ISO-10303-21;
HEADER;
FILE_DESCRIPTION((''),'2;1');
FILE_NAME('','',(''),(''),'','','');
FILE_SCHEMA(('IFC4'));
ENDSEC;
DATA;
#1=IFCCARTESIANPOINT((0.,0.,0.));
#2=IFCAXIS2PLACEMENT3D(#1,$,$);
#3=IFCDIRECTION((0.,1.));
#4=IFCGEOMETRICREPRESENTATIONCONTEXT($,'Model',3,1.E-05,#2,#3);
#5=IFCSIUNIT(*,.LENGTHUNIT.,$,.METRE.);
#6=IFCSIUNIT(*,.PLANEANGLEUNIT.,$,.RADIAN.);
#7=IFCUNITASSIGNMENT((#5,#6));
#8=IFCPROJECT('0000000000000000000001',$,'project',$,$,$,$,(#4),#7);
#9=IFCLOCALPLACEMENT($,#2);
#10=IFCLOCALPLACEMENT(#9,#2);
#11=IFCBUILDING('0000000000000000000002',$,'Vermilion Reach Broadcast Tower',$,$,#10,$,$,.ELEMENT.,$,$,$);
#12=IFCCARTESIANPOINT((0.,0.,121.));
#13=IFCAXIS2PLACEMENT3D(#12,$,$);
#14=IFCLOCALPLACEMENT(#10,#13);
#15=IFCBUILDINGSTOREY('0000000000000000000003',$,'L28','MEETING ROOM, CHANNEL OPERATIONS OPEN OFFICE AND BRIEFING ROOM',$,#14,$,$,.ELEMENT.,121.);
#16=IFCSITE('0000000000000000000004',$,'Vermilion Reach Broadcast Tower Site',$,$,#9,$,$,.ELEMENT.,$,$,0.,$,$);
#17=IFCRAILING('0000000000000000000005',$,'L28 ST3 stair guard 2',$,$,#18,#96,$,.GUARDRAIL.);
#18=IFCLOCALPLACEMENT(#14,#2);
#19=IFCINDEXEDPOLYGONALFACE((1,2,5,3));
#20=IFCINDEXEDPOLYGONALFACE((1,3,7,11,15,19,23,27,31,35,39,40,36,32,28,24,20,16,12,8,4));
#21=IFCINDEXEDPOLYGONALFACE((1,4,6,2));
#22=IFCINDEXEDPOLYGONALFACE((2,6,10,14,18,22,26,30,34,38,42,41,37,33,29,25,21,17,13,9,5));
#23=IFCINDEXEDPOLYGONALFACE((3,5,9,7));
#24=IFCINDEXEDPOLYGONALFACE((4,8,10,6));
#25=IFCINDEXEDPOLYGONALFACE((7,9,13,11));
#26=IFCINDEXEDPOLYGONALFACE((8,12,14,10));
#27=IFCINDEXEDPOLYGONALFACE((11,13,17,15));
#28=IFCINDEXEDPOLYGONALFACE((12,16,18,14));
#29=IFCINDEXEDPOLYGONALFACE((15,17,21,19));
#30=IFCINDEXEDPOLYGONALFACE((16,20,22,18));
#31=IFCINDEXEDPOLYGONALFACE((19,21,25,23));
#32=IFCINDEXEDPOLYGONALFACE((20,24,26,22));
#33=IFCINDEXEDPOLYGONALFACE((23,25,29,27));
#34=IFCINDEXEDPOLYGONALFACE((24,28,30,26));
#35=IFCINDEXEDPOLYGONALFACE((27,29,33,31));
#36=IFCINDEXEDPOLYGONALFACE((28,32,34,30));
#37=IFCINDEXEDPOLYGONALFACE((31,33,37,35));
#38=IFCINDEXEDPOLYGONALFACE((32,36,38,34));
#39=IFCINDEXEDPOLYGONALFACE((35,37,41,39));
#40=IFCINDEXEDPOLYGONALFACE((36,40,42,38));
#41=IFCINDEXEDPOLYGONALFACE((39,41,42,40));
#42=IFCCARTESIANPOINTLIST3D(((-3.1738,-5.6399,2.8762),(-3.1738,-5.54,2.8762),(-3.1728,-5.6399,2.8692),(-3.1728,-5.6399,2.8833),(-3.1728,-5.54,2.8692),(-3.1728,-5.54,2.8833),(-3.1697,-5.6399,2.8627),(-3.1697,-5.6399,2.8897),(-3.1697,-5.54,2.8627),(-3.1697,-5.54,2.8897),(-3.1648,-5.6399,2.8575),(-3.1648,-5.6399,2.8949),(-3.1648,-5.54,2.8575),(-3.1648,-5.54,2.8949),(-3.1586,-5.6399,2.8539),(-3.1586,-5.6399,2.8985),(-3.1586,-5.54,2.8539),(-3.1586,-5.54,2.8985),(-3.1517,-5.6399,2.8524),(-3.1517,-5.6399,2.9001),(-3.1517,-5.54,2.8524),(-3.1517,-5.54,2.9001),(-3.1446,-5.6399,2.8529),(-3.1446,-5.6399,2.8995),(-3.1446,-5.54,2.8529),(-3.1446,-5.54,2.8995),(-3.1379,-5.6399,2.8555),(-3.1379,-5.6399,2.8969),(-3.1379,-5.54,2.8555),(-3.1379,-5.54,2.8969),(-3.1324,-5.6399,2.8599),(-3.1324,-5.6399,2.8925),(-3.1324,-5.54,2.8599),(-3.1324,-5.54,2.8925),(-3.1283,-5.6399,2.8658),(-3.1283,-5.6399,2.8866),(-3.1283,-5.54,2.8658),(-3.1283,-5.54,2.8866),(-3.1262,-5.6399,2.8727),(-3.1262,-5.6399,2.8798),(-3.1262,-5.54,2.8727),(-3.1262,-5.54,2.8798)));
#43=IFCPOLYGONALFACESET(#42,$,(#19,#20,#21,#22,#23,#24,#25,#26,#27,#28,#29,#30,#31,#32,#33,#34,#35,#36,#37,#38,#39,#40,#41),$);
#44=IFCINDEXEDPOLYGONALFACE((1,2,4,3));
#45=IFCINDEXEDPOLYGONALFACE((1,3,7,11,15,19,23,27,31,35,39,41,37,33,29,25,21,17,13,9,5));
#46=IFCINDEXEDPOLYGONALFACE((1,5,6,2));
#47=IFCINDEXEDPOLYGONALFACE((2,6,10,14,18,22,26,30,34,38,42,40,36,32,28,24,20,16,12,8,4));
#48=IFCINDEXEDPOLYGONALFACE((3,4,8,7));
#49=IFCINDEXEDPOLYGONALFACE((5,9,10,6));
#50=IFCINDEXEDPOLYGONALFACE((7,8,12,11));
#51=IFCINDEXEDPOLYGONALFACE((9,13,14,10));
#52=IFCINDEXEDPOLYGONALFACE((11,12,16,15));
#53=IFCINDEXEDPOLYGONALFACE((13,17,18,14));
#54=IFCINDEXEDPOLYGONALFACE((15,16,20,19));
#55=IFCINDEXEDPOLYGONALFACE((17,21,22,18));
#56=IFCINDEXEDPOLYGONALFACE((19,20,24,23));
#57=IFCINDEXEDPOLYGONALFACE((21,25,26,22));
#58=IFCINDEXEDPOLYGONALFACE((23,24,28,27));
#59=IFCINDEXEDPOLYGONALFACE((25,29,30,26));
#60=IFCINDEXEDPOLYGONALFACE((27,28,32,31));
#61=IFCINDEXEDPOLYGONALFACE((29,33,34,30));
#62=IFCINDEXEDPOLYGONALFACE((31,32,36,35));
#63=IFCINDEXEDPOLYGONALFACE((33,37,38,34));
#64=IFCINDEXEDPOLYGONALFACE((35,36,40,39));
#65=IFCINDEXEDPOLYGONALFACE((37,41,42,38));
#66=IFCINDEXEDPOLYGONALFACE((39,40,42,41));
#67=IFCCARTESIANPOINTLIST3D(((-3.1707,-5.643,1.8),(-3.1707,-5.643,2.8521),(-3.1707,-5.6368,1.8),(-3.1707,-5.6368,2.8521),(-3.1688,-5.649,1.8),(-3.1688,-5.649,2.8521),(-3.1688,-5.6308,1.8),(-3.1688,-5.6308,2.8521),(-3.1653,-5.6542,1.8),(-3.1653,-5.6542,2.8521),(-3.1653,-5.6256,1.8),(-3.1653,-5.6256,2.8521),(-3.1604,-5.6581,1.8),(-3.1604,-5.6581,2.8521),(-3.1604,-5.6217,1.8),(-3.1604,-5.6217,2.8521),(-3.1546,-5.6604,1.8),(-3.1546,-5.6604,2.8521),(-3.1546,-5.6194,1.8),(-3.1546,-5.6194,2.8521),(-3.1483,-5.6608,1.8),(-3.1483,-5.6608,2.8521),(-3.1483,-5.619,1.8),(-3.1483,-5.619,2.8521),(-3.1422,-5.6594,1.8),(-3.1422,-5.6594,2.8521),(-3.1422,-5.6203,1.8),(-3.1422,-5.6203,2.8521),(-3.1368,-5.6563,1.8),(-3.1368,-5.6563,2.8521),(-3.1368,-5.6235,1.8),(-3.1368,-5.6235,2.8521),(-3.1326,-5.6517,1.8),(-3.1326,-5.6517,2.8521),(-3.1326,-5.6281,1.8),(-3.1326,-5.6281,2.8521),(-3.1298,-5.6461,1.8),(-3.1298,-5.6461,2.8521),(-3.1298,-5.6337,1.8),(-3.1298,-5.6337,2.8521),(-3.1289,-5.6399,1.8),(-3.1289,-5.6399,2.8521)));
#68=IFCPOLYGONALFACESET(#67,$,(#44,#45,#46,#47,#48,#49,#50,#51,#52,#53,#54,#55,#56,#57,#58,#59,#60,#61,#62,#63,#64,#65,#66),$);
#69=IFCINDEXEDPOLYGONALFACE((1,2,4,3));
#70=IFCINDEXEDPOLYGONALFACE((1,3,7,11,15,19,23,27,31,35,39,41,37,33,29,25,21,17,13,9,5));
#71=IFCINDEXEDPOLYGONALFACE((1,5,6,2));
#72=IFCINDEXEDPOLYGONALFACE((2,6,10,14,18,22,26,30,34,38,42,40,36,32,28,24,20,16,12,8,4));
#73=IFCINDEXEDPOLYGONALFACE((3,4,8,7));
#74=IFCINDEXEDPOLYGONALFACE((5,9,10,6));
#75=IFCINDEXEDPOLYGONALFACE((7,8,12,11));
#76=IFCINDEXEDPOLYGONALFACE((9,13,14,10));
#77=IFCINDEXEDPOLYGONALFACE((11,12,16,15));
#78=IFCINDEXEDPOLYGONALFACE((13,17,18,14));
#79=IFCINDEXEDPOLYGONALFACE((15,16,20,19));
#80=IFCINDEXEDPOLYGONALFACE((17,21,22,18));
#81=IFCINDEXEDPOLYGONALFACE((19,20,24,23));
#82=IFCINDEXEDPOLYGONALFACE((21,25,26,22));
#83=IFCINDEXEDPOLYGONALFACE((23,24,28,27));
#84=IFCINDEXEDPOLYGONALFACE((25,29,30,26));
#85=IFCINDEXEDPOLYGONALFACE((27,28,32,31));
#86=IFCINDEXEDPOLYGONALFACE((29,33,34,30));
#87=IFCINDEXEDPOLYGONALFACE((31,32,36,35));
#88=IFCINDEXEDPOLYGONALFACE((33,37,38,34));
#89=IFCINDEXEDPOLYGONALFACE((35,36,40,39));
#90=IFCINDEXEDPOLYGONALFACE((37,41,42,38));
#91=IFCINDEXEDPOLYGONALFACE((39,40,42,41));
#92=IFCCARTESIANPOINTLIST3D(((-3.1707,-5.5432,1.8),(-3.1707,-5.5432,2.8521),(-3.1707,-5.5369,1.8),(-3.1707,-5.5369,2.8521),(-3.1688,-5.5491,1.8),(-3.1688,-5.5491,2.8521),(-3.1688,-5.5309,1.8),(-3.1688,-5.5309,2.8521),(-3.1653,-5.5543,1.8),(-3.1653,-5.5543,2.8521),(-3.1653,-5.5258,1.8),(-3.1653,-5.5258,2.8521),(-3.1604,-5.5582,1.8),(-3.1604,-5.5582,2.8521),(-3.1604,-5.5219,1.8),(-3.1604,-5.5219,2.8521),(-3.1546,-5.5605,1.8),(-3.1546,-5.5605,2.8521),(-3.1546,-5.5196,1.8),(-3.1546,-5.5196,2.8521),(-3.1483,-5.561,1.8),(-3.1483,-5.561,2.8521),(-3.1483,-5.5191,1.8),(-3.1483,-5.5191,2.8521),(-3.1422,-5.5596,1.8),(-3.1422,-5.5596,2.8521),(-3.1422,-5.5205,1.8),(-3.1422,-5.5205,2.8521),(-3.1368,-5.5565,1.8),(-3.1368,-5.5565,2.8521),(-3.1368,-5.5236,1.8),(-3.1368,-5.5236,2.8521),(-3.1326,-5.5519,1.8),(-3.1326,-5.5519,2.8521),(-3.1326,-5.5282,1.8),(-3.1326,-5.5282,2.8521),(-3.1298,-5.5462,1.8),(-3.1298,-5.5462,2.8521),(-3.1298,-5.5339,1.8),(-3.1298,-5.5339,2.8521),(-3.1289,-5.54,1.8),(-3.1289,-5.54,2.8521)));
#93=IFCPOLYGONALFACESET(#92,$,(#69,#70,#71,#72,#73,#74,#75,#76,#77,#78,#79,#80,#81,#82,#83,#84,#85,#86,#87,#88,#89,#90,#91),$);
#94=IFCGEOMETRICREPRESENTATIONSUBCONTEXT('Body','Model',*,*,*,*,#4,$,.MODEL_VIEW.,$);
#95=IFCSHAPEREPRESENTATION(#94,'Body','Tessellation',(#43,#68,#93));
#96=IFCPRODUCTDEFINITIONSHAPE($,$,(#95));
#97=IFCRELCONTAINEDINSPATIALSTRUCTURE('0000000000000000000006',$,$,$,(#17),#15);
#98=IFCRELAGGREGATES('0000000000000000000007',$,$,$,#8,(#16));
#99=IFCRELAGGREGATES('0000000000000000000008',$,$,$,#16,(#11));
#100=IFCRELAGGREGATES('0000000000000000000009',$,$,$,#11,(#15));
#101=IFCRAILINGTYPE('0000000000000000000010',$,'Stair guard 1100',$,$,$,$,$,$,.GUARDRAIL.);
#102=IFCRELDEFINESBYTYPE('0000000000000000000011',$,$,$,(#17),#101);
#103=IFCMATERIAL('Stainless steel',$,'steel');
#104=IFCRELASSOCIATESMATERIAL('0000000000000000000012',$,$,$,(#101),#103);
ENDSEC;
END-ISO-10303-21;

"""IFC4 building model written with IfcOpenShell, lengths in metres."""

from ifc_helpers import new_model, si_unit, direction, frame, origin, origin_2d, place, context, subcontext, project, spatial, circle, extrude, material, type_object, element, save


model = new_model("IFC4")

# Units and contexts
model_context = context("Model", 3, precision=1e-05, world=origin(), true_north=direction((0.0, 1.0)))
body_context = subcontext(model_context, "Body", "Model", "MODEL_VIEW")
ifc_project = project(units=[si_unit("LENGTHUNIT", "METRE"), si_unit("PLANEANGLEUNIT", "RADIAN")], contexts=[model_context])

# Site, building, storey
site_placement = place(None, origin())
site = spatial("IfcSite", under=ifc_project, at=site_placement, Name="Vermilion Reach Broadcast Tower Site", CompositionType="ELEMENT", RefElevation=0.0)
building_placement = place(site_placement, origin())
building = spatial("IfcBuilding", under=site, at=building_placement, Name="Vermilion Reach Broadcast Tower", CompositionType="ELEMENT")
storey_placement = place(building_placement, frame((0.0, 0.0, 121.0)))
storey = spatial("IfcBuildingStorey", under=building, at=storey_placement, Name="L28", Description="MEETING ROOM, CHANNEL OPERATIONS OPEN OFFICE AND BRIEFING ROOM", CompositionType="ELEMENT", Elevation=121.0)

# Railing
ifc_material_1 = material(Name="Stainless steel", Category="steel")
railing_type_1 = type_object("IfcRailingType", Name="Stair guard 1100", PredefinedType="GUARDRAIL", material=ifc_material_1)
railing_1_placement = place(storey_placement, frame((-3.1499, -5.6399, 1.8)))
element("IfcRailing", 1, at=railing_1_placement, inside=storey, type_object=railing_type_1, Name="L28 ST3 stair guard 2", PredefinedType="GUARDRAIL", context=body_context, shape_type="SweptSolid", body=[
    extrude(circle(Radius=0.0239, at=origin_2d()), frame((0.0, 0.0, 1.0762), z_axis=(0.0, 1.0, 0.0), x_axis=(-1.0, 0.0, 0.0)), (0.0, 0.0, 1.0), 0.0999),
    extrude(circle(Radius=0.021, at=origin_2d()), origin(), (0.0, 0.0, 1.0), 1.052),
    extrude(circle(Radius=0.021, at=origin_2d()), frame((0.0, 0.0999, 0.0)), (0.0, 0.0, 1.0), 1.052),
])

save(model, "model.ifc")
